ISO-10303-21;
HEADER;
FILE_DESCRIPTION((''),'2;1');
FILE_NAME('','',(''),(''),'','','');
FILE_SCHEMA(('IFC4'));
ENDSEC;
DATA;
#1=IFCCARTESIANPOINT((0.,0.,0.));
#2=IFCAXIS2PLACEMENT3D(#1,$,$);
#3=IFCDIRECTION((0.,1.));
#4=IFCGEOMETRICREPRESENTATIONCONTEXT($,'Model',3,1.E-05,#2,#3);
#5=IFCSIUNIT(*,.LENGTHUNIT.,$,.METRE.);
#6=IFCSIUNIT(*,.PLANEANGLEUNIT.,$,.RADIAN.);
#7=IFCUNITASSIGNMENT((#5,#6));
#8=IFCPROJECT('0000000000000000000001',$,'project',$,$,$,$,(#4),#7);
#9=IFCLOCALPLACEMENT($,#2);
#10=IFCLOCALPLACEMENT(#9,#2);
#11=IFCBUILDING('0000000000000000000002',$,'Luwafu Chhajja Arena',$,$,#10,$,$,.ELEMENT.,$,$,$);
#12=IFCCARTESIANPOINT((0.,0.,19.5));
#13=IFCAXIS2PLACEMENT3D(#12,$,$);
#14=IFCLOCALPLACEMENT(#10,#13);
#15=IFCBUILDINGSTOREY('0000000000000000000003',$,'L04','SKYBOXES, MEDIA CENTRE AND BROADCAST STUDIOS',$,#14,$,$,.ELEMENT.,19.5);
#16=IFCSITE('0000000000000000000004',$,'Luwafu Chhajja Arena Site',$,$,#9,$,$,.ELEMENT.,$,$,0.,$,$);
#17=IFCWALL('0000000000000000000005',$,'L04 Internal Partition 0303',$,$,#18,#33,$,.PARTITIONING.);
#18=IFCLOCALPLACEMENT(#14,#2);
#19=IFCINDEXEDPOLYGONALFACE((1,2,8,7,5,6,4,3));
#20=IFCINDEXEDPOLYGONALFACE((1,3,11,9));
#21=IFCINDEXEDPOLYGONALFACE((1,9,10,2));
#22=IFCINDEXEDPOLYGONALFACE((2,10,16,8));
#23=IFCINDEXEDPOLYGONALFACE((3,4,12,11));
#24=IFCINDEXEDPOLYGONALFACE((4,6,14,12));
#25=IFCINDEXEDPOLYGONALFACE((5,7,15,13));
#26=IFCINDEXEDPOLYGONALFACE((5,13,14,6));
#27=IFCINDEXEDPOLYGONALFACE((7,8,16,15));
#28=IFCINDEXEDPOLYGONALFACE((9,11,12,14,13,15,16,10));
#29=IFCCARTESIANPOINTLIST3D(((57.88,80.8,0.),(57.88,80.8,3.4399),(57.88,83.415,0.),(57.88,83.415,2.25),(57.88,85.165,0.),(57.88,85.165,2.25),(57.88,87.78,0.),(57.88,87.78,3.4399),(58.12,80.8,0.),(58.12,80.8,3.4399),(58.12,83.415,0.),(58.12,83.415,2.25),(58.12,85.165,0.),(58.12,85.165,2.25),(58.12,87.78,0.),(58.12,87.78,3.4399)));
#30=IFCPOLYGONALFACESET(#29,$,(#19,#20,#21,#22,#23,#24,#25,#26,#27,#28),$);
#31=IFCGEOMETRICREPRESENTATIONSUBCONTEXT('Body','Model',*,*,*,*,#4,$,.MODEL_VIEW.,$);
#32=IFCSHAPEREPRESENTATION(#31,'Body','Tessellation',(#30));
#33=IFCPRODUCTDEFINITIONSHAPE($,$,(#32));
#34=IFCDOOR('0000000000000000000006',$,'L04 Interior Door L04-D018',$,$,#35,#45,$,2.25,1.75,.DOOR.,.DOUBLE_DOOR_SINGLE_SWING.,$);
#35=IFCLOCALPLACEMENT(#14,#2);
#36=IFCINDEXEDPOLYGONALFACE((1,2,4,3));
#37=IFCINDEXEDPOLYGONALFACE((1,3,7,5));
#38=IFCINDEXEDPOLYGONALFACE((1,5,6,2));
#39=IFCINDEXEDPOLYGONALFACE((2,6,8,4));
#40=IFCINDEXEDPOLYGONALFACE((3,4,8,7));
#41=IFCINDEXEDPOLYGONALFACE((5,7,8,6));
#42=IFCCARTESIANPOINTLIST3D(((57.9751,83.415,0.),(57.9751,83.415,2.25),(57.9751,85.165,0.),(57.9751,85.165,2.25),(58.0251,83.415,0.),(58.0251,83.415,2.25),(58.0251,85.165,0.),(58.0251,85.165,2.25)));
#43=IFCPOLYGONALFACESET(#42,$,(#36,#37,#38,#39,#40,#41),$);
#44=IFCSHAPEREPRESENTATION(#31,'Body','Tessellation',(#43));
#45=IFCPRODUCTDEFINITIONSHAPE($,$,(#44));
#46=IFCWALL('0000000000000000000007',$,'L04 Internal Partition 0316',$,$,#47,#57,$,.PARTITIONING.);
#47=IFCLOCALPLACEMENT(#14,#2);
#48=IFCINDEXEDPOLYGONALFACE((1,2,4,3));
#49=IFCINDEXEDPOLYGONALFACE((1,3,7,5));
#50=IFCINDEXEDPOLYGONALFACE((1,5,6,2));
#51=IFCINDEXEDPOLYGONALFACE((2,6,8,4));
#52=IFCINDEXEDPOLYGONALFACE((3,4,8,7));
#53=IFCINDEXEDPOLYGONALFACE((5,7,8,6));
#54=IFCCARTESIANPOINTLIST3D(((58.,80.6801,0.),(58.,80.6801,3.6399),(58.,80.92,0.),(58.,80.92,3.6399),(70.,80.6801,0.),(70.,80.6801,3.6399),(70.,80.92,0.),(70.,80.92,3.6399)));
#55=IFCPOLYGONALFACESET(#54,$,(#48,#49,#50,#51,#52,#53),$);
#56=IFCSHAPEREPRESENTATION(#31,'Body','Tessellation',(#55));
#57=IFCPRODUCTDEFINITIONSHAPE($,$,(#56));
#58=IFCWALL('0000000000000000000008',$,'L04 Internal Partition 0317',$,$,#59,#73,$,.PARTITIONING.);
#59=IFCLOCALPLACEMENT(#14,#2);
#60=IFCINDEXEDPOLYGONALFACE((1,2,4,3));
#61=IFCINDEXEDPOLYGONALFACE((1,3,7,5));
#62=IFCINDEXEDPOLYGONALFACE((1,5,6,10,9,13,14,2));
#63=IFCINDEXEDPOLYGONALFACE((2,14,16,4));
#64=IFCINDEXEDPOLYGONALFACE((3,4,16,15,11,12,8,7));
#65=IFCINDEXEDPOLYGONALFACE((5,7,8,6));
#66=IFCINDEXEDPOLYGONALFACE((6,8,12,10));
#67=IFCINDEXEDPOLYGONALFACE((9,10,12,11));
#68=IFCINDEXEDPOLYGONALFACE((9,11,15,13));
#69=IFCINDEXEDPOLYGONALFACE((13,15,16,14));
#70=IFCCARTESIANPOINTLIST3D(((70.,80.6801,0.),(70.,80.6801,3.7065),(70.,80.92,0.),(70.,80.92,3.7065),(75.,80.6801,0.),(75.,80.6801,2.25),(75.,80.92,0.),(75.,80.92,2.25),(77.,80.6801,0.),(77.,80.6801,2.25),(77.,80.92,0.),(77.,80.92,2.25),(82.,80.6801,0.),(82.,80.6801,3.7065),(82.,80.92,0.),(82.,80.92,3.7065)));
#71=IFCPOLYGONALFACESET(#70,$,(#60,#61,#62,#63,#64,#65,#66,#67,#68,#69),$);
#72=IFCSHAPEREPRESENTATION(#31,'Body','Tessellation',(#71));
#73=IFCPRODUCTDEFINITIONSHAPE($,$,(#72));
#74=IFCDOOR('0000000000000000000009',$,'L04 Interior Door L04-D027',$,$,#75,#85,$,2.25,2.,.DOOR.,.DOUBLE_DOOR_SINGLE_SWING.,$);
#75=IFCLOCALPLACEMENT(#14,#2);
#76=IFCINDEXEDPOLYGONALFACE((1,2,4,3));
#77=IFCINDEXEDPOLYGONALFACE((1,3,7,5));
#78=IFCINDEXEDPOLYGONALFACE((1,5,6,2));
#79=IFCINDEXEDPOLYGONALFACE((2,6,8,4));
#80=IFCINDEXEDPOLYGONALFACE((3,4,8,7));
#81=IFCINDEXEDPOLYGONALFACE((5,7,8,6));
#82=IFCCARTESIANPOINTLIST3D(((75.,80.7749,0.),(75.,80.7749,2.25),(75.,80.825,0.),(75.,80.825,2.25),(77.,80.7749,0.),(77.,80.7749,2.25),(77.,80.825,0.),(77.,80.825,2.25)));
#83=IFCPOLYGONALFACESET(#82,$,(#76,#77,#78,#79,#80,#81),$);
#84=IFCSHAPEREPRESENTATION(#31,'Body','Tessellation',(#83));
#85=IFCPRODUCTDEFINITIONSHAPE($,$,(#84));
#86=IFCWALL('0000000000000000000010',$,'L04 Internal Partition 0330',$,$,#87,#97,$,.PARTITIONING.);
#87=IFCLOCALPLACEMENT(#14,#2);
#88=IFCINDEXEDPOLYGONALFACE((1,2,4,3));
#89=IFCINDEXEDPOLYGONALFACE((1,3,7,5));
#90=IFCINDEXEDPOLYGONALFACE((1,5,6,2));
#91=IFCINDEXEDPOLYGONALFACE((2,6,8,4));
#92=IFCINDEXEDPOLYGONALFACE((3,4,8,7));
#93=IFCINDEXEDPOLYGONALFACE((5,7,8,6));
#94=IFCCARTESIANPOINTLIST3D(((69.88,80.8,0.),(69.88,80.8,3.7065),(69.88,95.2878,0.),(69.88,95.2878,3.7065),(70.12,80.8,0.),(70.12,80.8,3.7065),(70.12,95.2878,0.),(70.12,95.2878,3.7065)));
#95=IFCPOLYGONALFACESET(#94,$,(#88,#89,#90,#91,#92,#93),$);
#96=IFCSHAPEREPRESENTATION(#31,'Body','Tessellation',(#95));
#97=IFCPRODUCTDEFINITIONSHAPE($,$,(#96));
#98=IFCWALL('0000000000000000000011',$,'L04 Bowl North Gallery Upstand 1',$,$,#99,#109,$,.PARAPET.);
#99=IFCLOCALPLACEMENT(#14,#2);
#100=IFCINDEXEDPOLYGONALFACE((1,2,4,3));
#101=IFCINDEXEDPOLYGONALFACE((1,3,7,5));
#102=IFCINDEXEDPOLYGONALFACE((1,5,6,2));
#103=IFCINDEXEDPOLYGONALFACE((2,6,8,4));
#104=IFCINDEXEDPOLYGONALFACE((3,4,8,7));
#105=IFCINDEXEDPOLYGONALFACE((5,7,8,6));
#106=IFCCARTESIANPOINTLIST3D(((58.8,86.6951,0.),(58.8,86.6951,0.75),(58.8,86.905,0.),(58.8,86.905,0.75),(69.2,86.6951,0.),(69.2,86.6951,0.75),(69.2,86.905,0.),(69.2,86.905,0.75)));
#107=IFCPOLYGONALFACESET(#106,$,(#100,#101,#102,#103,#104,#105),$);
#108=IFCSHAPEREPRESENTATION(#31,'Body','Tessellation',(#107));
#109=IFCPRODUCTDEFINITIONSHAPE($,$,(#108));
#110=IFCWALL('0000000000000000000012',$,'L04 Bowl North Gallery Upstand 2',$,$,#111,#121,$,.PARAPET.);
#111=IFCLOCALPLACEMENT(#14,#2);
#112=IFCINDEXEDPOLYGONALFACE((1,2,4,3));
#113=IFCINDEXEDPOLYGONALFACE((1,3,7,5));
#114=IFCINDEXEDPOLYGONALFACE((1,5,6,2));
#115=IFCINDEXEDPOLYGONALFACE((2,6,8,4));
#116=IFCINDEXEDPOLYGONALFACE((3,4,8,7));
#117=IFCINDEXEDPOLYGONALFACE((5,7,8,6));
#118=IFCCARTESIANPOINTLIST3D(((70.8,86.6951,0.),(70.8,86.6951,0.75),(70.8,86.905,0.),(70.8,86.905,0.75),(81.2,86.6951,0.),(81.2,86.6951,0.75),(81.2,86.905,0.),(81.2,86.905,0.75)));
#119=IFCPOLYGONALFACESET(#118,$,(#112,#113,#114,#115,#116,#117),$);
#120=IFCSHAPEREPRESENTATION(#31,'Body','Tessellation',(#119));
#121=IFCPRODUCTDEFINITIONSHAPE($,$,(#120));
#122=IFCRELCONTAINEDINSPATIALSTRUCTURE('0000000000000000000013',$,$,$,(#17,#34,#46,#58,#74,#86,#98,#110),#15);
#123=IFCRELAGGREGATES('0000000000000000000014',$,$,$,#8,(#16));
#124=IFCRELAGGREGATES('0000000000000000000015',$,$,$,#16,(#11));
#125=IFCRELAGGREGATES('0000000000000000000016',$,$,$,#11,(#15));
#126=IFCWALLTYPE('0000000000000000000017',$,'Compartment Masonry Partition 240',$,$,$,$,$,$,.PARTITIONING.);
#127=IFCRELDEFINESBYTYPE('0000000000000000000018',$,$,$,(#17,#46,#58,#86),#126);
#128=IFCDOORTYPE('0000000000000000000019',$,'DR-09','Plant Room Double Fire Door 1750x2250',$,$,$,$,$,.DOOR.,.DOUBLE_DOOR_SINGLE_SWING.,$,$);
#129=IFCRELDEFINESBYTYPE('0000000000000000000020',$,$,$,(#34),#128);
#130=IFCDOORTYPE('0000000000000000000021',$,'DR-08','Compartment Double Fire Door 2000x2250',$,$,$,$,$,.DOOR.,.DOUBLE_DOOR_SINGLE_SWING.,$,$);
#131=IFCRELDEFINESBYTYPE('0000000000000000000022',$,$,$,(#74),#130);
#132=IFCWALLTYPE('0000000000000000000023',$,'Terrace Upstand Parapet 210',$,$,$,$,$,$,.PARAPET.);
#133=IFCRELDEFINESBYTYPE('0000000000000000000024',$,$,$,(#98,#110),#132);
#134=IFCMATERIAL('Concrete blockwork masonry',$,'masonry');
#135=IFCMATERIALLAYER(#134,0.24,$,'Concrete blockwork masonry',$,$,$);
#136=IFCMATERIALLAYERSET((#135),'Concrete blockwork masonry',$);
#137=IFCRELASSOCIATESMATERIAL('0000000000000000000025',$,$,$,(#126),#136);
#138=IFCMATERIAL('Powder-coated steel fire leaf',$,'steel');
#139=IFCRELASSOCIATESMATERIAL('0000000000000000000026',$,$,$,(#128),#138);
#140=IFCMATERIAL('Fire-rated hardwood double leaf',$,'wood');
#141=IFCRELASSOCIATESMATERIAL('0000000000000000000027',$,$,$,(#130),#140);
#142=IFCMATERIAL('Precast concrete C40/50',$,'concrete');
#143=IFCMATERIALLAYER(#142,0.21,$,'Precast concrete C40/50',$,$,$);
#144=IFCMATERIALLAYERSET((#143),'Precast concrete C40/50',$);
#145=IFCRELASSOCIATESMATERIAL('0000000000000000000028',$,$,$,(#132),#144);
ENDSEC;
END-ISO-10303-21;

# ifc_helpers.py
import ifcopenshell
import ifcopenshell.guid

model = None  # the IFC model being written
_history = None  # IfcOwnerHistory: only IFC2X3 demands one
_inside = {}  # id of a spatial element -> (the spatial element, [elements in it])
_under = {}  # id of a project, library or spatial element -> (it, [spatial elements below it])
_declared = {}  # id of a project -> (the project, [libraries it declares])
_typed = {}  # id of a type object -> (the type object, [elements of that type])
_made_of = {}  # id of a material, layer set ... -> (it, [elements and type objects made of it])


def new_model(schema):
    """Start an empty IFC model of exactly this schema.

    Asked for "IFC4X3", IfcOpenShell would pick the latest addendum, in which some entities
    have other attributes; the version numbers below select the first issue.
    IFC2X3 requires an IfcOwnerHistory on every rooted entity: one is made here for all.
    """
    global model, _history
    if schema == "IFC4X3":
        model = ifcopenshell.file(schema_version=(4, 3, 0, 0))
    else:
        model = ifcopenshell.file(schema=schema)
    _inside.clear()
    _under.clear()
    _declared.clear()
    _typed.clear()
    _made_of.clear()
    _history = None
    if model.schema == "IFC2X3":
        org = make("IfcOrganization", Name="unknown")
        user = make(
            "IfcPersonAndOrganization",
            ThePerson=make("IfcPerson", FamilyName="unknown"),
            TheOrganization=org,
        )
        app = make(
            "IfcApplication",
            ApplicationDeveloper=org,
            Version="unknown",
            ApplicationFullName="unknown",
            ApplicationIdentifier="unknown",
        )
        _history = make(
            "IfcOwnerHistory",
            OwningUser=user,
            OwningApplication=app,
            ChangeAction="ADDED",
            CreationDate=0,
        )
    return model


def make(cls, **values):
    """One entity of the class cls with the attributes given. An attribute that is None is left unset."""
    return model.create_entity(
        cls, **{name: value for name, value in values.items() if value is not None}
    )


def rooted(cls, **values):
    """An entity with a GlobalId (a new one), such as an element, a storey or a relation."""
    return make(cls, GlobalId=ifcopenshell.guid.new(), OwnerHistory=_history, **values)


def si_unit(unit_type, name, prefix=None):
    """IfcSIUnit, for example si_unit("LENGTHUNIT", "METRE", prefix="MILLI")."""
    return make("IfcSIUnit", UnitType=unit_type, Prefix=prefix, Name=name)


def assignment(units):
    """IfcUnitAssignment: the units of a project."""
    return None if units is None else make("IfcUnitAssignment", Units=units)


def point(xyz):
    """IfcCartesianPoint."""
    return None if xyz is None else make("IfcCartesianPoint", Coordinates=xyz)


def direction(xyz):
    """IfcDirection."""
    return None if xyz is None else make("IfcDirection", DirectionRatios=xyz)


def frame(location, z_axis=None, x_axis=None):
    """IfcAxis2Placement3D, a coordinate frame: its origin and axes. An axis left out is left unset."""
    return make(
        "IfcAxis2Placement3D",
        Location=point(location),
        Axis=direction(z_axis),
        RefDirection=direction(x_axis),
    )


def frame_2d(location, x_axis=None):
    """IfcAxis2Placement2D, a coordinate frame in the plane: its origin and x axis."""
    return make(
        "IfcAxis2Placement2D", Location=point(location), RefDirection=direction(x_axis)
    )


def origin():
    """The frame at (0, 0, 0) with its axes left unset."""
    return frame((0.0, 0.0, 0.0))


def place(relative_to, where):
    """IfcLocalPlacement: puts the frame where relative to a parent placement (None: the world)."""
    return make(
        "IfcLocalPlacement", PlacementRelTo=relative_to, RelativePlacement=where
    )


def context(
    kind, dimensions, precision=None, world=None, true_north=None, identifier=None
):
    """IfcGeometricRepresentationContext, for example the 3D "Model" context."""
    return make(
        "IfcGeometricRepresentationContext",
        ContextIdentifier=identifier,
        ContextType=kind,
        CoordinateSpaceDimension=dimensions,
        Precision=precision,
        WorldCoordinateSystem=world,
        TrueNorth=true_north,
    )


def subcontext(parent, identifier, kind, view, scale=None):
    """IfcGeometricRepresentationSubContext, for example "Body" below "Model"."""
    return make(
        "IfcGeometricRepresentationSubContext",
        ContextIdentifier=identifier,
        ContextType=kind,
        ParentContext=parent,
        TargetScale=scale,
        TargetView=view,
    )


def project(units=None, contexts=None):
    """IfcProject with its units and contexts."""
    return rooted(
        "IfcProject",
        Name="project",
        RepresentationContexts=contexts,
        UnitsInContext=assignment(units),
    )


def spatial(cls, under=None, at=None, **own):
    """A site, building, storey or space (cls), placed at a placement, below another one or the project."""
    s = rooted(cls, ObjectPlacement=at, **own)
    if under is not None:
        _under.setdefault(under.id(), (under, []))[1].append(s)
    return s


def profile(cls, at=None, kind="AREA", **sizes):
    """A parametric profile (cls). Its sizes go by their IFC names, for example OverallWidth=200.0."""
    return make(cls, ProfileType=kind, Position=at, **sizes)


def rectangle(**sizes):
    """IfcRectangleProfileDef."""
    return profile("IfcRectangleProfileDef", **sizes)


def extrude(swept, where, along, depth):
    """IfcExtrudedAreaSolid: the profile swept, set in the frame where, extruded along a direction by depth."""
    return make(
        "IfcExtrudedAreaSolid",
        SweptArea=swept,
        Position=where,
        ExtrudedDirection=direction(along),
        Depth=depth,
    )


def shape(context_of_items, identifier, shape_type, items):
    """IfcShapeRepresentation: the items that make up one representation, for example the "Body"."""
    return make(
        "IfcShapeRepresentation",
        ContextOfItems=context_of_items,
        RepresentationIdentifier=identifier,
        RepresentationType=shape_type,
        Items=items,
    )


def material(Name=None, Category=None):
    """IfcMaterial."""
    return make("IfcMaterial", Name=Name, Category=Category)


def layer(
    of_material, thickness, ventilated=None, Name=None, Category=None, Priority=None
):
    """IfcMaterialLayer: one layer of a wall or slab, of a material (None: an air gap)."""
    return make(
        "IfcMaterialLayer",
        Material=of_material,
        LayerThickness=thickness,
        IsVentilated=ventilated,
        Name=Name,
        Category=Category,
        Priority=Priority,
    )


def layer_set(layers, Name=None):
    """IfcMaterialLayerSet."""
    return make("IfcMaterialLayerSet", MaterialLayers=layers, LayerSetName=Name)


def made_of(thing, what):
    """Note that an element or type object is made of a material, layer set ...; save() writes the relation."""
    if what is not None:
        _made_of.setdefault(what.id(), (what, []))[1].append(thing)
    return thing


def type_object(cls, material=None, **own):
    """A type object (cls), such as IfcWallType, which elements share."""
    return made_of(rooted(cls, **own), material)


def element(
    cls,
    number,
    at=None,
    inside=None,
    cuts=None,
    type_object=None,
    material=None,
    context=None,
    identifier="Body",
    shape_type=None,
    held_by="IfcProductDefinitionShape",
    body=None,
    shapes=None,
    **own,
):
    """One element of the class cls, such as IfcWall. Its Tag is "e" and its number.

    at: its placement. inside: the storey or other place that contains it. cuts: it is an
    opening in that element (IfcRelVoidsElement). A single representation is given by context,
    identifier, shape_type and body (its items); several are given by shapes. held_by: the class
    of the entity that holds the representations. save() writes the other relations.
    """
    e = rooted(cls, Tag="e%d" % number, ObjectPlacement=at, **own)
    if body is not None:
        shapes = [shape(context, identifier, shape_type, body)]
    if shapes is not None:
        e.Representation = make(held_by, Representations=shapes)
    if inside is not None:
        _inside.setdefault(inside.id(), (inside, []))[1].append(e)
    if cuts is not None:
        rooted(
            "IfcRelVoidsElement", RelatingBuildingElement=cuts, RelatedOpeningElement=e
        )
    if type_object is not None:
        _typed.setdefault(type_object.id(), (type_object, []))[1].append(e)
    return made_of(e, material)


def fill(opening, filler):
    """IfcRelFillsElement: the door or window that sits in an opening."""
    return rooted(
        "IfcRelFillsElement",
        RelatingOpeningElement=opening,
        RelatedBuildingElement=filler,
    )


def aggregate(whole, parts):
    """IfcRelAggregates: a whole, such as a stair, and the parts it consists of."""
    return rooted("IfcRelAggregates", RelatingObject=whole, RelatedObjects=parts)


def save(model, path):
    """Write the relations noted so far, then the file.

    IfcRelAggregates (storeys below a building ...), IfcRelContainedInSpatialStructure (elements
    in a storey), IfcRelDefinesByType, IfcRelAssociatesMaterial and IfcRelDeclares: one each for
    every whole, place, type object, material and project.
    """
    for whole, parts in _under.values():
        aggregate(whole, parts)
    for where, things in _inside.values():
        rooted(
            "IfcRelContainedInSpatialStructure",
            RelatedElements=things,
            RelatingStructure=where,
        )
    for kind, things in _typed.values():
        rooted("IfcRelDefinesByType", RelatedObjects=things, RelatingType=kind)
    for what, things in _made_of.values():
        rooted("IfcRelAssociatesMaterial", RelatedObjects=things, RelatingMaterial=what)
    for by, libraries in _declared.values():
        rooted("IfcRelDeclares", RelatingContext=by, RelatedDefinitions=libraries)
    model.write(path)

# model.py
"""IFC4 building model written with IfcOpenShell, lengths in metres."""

from ifc_helpers import new_model, si_unit, direction, frame, frame_2d, origin, place, context, subcontext, project, spatial, rectangle, extrude, material, layer, layer_set, type_object, element, fill, save


model = new_model("IFC4")

# Units and contexts
model_context = context("Model", 3, precision=1e-05, world=origin(), true_north=direction((0.0, 1.0)))
body_context = subcontext(model_context, "Body", "Model", "MODEL_VIEW")
ifc_project = project(units=[si_unit("LENGTHUNIT", "METRE"), si_unit("PLANEANGLEUNIT", "RADIAN")], contexts=[model_context])

# Site, building, storey
site_placement = place(None, origin())
site = spatial("IfcSite", under=ifc_project, at=site_placement, Name="Luwafu Chhajja Arena Site", CompositionType="ELEMENT", RefElevation=0.0)
building_placement = place(site_placement, origin())
building = spatial("IfcBuilding", under=site, at=building_placement, Name="Luwafu Chhajja Arena", CompositionType="ELEMENT")
storey_placement = place(building_placement, frame((0.0, 0.0, 19.5)))
storey = spatial("IfcBuildingStorey", under=building, at=storey_placement, Name="L04", Description="SKYBOXES, MEDIA CENTRE AND BROADCAST STUDIOS", CompositionType="ELEMENT", Elevation=19.5)

# Wall, opening, door
ifc_material_1 = material(Name="Concrete blockwork masonry", Category="masonry")
ifc_layer_1 = layer(ifc_material_1, 0.24, Name="Concrete blockwork masonry")
ifc_layer_set_1 = layer_set([ifc_layer_1], Name="Concrete blockwork masonry")
wall_type_1 = type_object("IfcWallType", Name="Compartment Masonry Partition 240", PredefinedType="PARTITIONING", material=ifc_layer_set_1)
wall_1_placement = place(storey_placement, frame((58.0, 80.8, 0.0), z_axis=(0.0, 0.0, 1.0), x_axis=(0.0, 1.0, 0.0)))
wall_1 = element("IfcWall", 1, at=wall_1_placement, inside=storey, type_object=wall_type_1, Name="L04 Internal Partition 0303", PredefinedType="PARTITIONING", context=body_context, shape_type="SweptSolid", body=[
    extrude(rectangle(XDim=6.98, YDim=0.24, at=frame_2d((3.49, 0.0))), origin(), (0.0, 0.0, 1.0), 3.4399),
])
opening_1_placement = place(wall_1_placement, frame((2.615, 0.0, 0.0)))
opening_1 = element("IfcOpeningElement", 2, at=opening_1_placement, cuts=wall_1, PredefinedType="OPENING", context=body_context, shape_type="SweptSolid", body=[
    extrude(rectangle(XDim=1.75, YDim=2.25, at=frame_2d((0.875, 1.125))), frame((0.0, 0.1299, 0.0), z_axis=(0.0, -1.0, 0.0), x_axis=(1.0, 0.0, 0.0)), (0.0, 0.0, 1.0), 0.26),
])
ifc_material_2 = material(Name="Powder-coated steel fire leaf", Category="steel")
door_type_1 = type_object("IfcDoorType", Name="DR-09", Description="Plant Room Double Fire Door 1750x2250", OperationType="DOUBLE_DOOR_SINGLE_SWING", PredefinedType="DOOR", material=ifc_material_2)
door_1_placement = place(opening_1_placement, origin())
door_1 = element("IfcDoor", 3, at=door_1_placement, inside=storey, type_object=door_type_1, Name="L04 Interior Door L04-D018", OperationType="DOUBLE_DOOR_SINGLE_SWING", OverallHeight=2.25, OverallWidth=1.75, PredefinedType="DOOR", context=body_context, shape_type="SweptSolid", body=[
    extrude(rectangle(XDim=1.75, YDim=2.25, at=frame_2d((0.875, 1.125))), frame((0.0, 0.0249, 0.0), z_axis=(0.0, -1.0, 0.0), x_axis=(1.0, 0.0, 0.0)), (0.0, 0.0, 1.0), 0.05),
])
fill(opening_1, door_1)

# Wall
wall_2_placement = place(storey_placement, frame((58.0, 80.8, 0.0), z_axis=(0.0, 0.0, 1.0), x_axis=(1.0, 0.0, 0.0)))
element("IfcWall", 4, at=wall_2_placement, inside=storey, type_object=wall_type_1, Name="L04 Internal Partition 0316", PredefinedType="PARTITIONING", context=body_context, shape_type="SweptSolid", body=[
    extrude(rectangle(XDim=12.0, YDim=0.24, at=frame_2d((6.0, 0.0))), origin(), (0.0, 0.0, 1.0), 3.6399),
])

# Wall, opening, door
wall_3_placement = place(storey_placement, frame((70.0, 80.8, 0.0), z_axis=(0.0, 0.0, 1.0), x_axis=(1.0, 0.0, 0.0)))
wall_3 = element("IfcWall", 5, at=wall_3_placement, inside=storey, type_object=wall_type_1, Name="L04 Internal Partition 0317", PredefinedType="PARTITIONING", context=body_context, shape_type="SweptSolid", body=[
    extrude(rectangle(XDim=12.0, YDim=0.24, at=frame_2d((6.0, 0.0))), origin(), (0.0, 0.0, 1.0), 3.7065),
])
opening_2_placement = place(wall_3_placement, frame((5.0, 0.0, 0.0)))
opening_2 = element("IfcOpeningElement", 6, at=opening_2_placement, cuts=wall_3, PredefinedType="OPENING", context=body_context, shape_type="SweptSolid", body=[
    extrude(rectangle(XDim=2.0, YDim=2.25, at=frame_2d((1.0, 1.125))), frame((0.0, 0.1299, 0.0), z_axis=(0.0, -1.0, 0.0), x_axis=(1.0, 0.0, 0.0)), (0.0, 0.0, 1.0), 0.26),
])
ifc_material_3 = material(Name="Fire-rated hardwood double leaf", Category="wood")
door_type_2 = type_object("IfcDoorType", Name="DR-08", Description="Compartment Double Fire Door 2000x2250", OperationType="DOUBLE_DOOR_SINGLE_SWING", PredefinedType="DOOR", material=ifc_material_3)
door_2_placement = place(opening_2_placement, origin())
door_2 = element("IfcDoor", 7, at=door_2_placement, inside=storey, type_object=door_type_2, Name="L04 Interior Door L04-D027", OperationType="DOUBLE_DOOR_SINGLE_SWING", OverallHeight=2.25, OverallWidth=2.0, PredefinedType="DOOR", context=body_context, shape_type="SweptSolid", body=[
    extrude(rectangle(XDim=2.0, YDim=2.25, at=frame_2d((1.0, 1.125))), frame((0.0, 0.0249, 0.0), z_axis=(0.0, -1.0, 0.0), x_axis=(1.0, 0.0, 0.0)), (0.0, 0.0, 1.0), 0.05),
])
fill(opening_2, door_2)

# Walls
wall_4_placement = place(storey_placement, frame((70.0, 80.8, 0.0), z_axis=(0.0, 0.0, 1.0), x_axis=(0.0, 1.0, 0.0)))
element("IfcWall", 8, at=wall_4_placement, inside=storey, type_object=wall_type_1, Name="L04 Internal Partition 0330", PredefinedType="PARTITIONING", context=body_context, shape_type="SweptSolid", body=[
    extrude(rectangle(XDim=14.4878, YDim=0.24, at=frame_2d((7.2439, 0.0))), origin(), (0.0, 0.0, 1.0), 3.7065),
])
ifc_material_4 = material(Name="Precast concrete C40/50", Category="concrete")
ifc_layer_2 = layer(ifc_material_4, 0.21, Name="Precast concrete C40/50")
ifc_layer_set_2 = layer_set([ifc_layer_2], Name="Precast concrete C40/50")
wall_type_2 = type_object("IfcWallType", Name="Terrace Upstand Parapet 210", PredefinedType="PARAPET", material=ifc_layer_set_2)
for number, where, z_axis, x_axis, name in (
    (9, (58.8, 86.8, 0.0), (0.0, 0.0, 1.0), (1.0, 0.0, 0.0), "L04 Bowl North Gallery Upstand 1"),
    (10, (70.8, 86.8, 0.0), (0.0, 0.0, 1.0), (1.0, 0.0, 0.0), "L04 Bowl North Gallery Upstand 2"),
):
    element("IfcWall", number, at=place(storey_placement, frame(where, z_axis=z_axis, x_axis=x_axis)), inside=storey, type_object=wall_type_2, Name=name, PredefinedType="PARAPET", context=body_context, shape_type="SweptSolid", body=[
        extrude(rectangle(XDim=10.3999, YDim=0.21, at=frame_2d((5.2, 0.0))), origin(), (0.0, 0.0, 1.0), 0.75),
    ])

save(model, "model.ifc")
